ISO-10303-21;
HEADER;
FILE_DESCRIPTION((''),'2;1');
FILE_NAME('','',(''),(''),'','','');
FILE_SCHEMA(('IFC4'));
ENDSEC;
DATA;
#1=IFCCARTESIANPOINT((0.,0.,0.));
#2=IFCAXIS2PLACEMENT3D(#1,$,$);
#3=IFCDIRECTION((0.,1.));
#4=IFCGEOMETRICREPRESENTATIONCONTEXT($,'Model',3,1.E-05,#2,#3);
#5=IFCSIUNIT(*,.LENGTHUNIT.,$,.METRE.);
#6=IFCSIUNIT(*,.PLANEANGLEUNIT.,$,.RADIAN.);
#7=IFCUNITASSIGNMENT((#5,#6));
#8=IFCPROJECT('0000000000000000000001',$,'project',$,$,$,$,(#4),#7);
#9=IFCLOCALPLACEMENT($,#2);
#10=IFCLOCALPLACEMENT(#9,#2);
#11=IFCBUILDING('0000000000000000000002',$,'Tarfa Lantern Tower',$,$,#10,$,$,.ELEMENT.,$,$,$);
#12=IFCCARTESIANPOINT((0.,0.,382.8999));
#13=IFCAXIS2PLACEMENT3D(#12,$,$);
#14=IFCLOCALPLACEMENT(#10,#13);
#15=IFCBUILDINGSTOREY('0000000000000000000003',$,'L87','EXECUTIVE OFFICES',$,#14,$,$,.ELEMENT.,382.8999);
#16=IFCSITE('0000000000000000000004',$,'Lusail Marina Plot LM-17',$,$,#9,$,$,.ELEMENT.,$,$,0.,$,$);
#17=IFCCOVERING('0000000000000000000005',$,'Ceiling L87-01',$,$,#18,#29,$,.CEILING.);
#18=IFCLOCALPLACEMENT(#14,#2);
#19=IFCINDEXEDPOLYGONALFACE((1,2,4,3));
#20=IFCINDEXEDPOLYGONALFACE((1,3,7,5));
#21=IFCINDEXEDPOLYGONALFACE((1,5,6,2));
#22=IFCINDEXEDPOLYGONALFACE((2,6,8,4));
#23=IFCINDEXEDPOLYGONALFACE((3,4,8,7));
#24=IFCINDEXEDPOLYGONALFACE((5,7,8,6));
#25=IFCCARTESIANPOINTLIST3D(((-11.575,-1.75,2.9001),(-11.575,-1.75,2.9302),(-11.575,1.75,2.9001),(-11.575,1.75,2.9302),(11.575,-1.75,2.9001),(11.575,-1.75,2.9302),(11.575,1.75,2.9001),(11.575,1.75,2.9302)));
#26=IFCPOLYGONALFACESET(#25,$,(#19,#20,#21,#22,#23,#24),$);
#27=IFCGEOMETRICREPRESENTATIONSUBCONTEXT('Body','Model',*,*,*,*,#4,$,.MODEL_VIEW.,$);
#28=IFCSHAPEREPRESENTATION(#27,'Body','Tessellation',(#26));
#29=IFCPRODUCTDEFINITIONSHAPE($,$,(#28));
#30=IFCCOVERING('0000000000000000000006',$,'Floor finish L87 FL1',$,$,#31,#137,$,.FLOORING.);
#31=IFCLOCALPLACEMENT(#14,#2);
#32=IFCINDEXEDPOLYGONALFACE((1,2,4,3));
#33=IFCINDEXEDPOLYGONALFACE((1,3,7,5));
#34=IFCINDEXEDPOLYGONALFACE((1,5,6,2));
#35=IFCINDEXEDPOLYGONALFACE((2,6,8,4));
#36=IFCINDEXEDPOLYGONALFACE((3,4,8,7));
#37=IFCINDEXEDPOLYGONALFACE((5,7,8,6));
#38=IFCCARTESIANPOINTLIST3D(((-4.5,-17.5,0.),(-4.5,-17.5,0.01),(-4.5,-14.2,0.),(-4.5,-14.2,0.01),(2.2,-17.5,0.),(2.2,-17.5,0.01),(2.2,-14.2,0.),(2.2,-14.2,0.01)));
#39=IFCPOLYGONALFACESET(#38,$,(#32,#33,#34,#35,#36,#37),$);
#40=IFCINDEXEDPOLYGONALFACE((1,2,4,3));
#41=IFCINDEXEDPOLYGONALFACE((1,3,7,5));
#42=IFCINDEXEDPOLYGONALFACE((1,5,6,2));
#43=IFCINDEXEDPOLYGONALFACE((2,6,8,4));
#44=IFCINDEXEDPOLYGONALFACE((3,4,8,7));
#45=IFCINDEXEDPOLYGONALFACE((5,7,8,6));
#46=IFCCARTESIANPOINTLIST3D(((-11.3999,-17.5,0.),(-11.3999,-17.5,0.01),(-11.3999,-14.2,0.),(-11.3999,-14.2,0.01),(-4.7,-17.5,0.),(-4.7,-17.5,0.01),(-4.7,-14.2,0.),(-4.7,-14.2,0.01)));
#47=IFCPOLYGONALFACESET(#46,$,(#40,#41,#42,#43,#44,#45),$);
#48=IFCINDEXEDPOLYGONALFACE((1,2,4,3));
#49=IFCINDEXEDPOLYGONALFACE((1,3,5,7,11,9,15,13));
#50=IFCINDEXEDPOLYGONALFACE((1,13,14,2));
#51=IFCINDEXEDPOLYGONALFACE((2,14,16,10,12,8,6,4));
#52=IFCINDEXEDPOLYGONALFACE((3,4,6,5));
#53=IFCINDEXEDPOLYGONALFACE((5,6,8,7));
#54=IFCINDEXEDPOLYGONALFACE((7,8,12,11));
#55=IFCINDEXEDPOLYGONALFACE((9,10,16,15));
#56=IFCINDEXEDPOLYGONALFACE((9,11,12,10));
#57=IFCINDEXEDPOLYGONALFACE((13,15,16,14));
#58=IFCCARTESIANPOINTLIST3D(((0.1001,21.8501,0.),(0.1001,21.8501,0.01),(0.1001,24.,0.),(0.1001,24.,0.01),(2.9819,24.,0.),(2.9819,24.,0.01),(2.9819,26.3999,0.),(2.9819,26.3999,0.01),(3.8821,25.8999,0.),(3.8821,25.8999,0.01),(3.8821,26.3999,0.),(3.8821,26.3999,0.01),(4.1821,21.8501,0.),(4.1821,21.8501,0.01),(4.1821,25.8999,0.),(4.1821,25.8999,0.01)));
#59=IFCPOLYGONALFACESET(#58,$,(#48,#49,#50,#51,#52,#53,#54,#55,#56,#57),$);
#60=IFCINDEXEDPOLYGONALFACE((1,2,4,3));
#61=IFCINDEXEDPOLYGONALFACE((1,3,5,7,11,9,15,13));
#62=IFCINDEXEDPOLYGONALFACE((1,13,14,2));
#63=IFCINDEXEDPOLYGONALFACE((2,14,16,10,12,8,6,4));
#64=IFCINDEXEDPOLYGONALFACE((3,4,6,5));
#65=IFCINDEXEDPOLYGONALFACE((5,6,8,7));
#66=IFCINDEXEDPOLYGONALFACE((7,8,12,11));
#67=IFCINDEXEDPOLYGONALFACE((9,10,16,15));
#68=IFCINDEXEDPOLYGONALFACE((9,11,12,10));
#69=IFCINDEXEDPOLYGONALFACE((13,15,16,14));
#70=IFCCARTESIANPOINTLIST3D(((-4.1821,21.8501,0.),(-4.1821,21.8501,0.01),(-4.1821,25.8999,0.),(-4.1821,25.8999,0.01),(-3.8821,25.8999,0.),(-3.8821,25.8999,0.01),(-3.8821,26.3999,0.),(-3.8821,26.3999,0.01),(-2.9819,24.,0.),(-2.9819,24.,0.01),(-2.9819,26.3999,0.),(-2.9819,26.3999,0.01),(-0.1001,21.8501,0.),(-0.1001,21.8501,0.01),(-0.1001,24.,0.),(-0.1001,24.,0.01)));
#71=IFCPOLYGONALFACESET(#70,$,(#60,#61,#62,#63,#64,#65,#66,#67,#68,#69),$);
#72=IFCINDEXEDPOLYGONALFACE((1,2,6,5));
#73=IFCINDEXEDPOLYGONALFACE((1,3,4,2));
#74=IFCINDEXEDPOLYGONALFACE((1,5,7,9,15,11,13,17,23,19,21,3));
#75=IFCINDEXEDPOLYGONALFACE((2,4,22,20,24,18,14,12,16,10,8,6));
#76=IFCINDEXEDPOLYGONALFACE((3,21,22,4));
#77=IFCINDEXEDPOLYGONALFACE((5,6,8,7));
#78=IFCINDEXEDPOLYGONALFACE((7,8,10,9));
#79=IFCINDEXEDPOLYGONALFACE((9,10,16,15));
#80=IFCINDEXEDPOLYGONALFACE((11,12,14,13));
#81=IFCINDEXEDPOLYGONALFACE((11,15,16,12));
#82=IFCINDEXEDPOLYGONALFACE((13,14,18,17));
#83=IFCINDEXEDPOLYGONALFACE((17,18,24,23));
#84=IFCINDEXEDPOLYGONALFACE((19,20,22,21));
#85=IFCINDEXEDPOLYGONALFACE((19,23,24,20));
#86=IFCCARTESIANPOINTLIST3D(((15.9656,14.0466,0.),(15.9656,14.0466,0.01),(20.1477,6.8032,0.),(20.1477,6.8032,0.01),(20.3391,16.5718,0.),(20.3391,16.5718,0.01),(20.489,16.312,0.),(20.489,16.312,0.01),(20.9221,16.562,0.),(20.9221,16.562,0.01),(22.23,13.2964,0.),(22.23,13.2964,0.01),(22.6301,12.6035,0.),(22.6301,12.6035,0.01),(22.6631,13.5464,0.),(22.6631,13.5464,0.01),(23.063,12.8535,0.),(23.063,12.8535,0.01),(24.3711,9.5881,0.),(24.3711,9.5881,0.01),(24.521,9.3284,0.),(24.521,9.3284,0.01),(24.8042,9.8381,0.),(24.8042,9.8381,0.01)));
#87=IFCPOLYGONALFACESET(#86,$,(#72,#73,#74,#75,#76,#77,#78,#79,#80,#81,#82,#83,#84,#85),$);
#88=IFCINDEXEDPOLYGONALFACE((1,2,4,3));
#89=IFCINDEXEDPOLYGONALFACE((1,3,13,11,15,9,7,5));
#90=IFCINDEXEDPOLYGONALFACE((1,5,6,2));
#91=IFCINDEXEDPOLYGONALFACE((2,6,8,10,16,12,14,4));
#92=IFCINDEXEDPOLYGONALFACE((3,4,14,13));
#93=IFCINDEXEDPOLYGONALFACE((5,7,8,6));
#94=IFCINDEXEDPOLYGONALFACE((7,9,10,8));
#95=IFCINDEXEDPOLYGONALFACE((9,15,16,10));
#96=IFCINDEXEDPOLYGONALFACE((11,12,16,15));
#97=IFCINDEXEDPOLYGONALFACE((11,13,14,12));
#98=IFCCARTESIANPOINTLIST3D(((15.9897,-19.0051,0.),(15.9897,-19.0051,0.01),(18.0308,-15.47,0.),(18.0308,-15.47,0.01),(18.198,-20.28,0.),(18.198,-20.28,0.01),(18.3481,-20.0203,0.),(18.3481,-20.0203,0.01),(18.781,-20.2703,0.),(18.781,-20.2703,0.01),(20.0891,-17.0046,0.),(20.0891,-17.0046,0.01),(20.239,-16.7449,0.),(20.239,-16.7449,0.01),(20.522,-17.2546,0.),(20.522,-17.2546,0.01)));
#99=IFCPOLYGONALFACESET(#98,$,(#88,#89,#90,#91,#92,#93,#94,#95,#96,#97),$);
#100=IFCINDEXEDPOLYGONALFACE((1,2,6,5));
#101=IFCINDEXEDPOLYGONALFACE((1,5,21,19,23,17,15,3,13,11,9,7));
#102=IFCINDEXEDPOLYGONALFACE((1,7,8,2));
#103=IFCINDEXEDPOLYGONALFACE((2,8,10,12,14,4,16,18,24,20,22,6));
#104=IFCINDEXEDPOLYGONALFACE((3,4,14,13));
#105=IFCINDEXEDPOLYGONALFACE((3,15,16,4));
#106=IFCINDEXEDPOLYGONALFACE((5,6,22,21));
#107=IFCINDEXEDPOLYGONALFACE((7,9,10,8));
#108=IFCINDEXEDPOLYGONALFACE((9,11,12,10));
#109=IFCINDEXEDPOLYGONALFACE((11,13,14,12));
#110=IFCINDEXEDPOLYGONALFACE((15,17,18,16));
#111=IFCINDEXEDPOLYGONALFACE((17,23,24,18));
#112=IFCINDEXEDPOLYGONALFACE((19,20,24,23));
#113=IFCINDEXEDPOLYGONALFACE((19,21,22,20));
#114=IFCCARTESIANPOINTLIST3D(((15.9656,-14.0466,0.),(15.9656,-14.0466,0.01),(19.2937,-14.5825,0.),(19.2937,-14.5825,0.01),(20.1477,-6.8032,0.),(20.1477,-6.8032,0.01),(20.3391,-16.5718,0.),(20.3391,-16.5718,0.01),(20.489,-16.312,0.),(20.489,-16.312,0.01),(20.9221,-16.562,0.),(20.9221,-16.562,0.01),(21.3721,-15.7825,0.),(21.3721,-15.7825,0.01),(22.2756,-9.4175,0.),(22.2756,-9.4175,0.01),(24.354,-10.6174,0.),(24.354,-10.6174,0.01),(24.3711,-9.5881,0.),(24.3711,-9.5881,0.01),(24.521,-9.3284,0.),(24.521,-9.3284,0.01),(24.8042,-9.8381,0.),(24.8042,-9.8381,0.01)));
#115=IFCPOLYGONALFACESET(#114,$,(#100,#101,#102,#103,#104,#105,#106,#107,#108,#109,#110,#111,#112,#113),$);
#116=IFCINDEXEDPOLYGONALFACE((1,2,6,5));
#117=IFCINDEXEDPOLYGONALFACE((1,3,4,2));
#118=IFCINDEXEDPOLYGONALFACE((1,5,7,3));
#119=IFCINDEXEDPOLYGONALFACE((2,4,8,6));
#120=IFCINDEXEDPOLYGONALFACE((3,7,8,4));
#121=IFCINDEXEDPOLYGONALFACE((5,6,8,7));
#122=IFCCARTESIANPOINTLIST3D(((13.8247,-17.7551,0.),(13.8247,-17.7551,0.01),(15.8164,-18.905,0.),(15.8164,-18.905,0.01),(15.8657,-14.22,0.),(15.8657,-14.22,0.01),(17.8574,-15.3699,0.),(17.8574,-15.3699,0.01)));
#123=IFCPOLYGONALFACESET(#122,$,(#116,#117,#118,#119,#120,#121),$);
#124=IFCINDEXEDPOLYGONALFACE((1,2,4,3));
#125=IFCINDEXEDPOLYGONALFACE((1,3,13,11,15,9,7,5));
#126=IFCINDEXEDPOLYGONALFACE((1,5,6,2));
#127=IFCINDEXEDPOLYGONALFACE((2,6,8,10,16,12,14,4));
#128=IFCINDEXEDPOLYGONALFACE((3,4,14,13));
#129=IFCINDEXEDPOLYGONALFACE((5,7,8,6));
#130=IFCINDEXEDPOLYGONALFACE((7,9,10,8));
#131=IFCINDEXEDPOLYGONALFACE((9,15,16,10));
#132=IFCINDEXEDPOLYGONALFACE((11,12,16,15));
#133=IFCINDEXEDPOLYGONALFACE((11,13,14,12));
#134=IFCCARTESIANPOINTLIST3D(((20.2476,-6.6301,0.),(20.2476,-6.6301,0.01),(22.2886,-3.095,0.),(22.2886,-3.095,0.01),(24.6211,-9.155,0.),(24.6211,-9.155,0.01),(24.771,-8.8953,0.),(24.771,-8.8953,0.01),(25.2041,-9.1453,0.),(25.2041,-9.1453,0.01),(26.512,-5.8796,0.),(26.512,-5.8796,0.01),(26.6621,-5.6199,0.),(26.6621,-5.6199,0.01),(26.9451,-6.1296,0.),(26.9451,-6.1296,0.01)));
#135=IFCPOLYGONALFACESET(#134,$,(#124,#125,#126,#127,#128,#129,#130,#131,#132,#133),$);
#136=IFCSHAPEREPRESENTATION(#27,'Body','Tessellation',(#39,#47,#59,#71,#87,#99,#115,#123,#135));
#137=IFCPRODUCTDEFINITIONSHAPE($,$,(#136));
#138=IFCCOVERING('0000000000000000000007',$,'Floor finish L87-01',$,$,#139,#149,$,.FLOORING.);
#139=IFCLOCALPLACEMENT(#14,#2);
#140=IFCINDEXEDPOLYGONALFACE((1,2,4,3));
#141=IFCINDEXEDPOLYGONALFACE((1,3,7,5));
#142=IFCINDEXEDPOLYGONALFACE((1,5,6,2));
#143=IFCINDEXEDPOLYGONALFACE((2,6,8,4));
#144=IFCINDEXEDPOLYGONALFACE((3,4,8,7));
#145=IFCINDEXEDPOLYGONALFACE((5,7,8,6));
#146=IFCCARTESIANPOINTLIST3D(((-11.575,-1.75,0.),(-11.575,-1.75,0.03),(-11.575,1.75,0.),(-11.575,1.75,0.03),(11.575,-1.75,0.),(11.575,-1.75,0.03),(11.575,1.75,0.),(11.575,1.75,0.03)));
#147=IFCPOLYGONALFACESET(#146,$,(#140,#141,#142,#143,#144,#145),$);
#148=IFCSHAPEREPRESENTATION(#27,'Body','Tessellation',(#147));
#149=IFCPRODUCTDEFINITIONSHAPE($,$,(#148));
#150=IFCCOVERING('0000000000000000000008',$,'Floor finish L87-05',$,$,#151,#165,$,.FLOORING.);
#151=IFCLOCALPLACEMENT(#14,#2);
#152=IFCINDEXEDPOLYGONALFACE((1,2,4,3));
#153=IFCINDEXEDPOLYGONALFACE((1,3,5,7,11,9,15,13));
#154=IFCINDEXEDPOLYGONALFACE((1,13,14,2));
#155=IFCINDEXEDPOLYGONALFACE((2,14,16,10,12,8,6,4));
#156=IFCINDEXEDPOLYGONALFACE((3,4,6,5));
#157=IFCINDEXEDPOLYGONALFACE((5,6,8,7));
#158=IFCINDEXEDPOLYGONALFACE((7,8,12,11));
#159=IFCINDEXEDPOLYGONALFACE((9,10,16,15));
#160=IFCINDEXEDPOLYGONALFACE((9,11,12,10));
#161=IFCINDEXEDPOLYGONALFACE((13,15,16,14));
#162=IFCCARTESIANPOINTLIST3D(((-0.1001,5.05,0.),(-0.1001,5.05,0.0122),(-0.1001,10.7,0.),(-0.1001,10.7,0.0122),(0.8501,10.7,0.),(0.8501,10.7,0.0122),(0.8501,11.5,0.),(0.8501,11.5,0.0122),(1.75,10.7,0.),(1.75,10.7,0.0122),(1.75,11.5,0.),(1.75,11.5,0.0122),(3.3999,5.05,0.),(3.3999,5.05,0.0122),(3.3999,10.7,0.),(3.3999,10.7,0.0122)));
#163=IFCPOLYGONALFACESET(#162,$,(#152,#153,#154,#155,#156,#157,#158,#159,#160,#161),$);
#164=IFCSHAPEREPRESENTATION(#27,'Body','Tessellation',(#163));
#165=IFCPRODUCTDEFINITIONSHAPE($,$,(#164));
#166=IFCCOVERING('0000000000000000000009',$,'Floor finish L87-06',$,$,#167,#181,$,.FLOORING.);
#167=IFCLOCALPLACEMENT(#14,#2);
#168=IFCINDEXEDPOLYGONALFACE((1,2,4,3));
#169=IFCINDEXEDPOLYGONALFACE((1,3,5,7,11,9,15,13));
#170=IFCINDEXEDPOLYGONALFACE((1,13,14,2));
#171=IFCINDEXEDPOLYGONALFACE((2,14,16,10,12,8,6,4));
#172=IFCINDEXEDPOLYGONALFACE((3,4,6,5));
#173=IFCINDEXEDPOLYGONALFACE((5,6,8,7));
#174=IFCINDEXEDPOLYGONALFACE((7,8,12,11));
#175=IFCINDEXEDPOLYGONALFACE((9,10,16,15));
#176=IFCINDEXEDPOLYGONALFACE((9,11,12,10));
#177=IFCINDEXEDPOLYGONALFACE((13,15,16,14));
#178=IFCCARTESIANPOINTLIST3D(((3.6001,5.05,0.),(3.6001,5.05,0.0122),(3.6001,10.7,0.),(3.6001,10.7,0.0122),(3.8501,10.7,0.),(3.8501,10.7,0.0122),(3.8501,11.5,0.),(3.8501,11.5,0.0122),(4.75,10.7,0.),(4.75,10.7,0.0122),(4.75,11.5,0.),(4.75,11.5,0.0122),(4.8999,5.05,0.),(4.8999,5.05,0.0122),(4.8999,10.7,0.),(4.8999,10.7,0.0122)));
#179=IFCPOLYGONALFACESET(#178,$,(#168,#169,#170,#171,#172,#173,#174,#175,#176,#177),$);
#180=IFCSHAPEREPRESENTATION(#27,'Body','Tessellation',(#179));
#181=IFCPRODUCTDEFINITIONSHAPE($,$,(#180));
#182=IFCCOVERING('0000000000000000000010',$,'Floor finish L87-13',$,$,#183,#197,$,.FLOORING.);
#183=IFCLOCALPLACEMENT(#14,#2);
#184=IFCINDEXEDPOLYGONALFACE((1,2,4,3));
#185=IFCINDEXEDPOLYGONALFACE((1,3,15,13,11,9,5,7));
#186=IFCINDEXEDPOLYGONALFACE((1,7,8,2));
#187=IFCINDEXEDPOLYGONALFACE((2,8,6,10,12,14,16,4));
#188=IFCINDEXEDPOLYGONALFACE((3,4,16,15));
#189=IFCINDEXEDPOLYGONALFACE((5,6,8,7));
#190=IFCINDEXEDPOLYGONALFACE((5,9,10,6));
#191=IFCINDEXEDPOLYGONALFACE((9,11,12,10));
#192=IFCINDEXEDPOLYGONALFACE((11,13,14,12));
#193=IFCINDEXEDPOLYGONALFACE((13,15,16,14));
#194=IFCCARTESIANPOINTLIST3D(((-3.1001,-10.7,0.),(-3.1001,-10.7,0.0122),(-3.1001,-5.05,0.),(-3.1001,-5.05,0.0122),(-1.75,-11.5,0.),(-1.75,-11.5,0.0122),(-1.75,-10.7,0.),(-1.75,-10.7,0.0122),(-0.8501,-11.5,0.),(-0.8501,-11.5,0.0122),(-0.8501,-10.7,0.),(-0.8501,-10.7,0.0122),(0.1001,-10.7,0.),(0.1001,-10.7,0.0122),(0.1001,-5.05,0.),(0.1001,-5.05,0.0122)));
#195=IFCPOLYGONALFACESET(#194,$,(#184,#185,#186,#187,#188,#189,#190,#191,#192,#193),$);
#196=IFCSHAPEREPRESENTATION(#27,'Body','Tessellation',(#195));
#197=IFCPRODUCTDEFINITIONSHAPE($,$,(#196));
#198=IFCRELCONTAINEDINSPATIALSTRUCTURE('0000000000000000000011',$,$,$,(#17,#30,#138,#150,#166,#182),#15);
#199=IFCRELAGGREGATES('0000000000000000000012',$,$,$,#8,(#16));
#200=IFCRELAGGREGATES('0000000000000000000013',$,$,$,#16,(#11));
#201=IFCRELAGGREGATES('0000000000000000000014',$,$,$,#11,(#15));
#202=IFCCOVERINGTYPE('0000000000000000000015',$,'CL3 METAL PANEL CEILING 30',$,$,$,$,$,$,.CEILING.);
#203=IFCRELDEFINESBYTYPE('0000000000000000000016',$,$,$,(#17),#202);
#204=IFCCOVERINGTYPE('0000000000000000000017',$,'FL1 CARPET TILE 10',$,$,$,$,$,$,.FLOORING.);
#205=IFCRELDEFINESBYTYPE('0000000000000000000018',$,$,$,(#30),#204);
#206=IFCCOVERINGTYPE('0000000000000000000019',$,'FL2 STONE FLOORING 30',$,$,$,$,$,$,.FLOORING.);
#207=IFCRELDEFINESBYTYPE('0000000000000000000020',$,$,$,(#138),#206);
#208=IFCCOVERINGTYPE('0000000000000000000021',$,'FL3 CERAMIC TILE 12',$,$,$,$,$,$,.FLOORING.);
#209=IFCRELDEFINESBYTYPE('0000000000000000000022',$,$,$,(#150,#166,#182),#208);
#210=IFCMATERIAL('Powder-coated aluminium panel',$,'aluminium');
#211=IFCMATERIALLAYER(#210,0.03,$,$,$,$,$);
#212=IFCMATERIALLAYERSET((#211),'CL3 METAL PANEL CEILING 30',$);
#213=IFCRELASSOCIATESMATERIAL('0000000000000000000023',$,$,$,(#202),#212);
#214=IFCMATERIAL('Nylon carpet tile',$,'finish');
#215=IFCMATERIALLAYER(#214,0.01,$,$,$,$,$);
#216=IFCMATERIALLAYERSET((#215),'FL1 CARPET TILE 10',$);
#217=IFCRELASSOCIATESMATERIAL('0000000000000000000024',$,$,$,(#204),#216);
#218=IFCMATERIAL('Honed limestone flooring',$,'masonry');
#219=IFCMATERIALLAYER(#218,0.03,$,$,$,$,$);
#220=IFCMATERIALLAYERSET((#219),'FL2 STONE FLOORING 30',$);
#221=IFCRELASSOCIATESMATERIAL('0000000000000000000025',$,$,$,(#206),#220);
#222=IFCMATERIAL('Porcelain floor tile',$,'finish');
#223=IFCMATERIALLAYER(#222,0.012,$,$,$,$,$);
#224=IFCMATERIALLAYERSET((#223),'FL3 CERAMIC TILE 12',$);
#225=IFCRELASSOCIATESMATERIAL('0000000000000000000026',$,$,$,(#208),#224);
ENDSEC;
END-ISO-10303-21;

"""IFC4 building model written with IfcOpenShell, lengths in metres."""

from ifc_helpers import new_model, si_unit, direction, frame, origin, place, context, subcontext, project, spatial, polyline, outline, extrude, material, layer, layer_set, type_object, element, save


model = new_model("IFC4")

# Units and contexts
model_context = context("Model", 3, precision=1e-05, world=origin(), true_north=direction((0.0, 1.0)))
body_context = subcontext(model_context, "Body", "Model", "MODEL_VIEW")
ifc_project = project(units=[si_unit("LENGTHUNIT", "METRE"), si_unit("PLANEANGLEUNIT", "RADIAN")], contexts=[model_context])

# Site, building, storey
site_placement = place(None, origin())
site = spatial("IfcSite", under=ifc_project, at=site_placement, Name="Lusail Marina Plot LM-17", CompositionType="ELEMENT", RefElevation=0.0)
building_placement = place(site_placement, origin())
building = spatial("IfcBuilding", under=site, at=building_placement, Name="Tarfa Lantern Tower", CompositionType="ELEMENT")
storey_placement = place(building_placement, frame((0.0, 0.0, 382.8999)))
storey = spatial("IfcBuildingStorey", under=building, at=storey_placement, Name="L87", Description="EXECUTIVE OFFICES", CompositionType="ELEMENT", Elevation=382.8999)

# Coverings
ifc_material_1 = material(Name="Powder-coated aluminium panel", Category="aluminium")
ifc_layer_1 = layer(ifc_material_1, 0.03)
ifc_layer_set_1 = layer_set([ifc_layer_1], Name="CL3 METAL PANEL CEILING 30")
covering_type_1 = type_object("IfcCoveringType", Name="CL3 METAL PANEL CEILING 30", PredefinedType="CEILING", material=ifc_layer_set_1)
covering_1_placement = place(storey_placement, frame((0.0, 0.0, 2.9001)))
element("IfcCovering", 1, at=covering_1_placement, inside=storey, type_object=covering_type_1, Name="Ceiling L87-01", PredefinedType="CEILING", context=body_context, shape_type="SweptSolid", body=[
    extrude(outline(polyline([(-11.575, -1.75), (11.575, -1.75), (11.575, 1.75), (-11.575, 1.75), (-11.575, -1.75)])), origin(), (0.0, 0.0, 1.0), 0.03),
])
ifc_material_2 = material(Name="Nylon carpet tile", Category="finish")
ifc_layer_2 = layer(ifc_material_2, 0.01)
ifc_layer_set_2 = layer_set([ifc_layer_2], Name="FL1 CARPET TILE 10")
covering_type_2 = type_object("IfcCoveringType", Name="FL1 CARPET TILE 10", PredefinedType="FLOORING", material=ifc_layer_set_2)
covering_2_placement = place(storey_placement, origin())
element("IfcCovering", 2, at=covering_2_placement, inside=storey, type_object=covering_type_2, Name="Floor finish L87 FL1", PredefinedType="FLOORING", context=body_context, shape_type="SweptSolid", body=[
    extrude(outline(polyline([(-4.5, -14.2), (2.2, -14.2), (2.2, -17.5), (-4.5, -17.5), (-4.5, -14.2)])), origin(), (0.0, 0.0, 1.0), 0.01),
    extrude(outline(polyline([(-11.3999, -14.2), (-4.7, -14.2), (-4.7, -17.5), (-11.3999, -17.5), (-11.3999, -14.2)])), origin(), (0.0, 0.0, 1.0), 0.01),
    extrude(outline(polyline([(4.1821, 21.8501), (0.1001, 21.8501), (0.1001, 24.0), (2.9819, 24.0), (2.9819, 26.3999), (3.8821, 26.3999), (3.8821, 25.8999), (4.1821, 25.8999), (4.1821, 21.8501)])), origin(), (0.0, 0.0, 1.0), 0.01),
    extrude(outline(polyline([(-2.9819, 24.0), (-0.1001, 24.0), (-0.1001, 21.8501), (-4.1821, 21.8501), (-4.1821, 25.8999), (-3.8821, 25.8999), (-3.8821, 26.3999), (-2.9819, 26.3999), (-2.9819, 24.0)])), origin(), (0.0, 0.0, 1.0), 0.01),
    extrude(outline(polyline([(15.9656, 14.0466), (20.3391, 16.5718), (20.489, 16.312), (20.9221, 16.562), (22.6631, 13.5464), (22.23, 13.2964), (22.6301, 12.6035), (23.063, 12.8535), (24.8042, 9.8381), (24.3711, 9.5881), (24.521, 9.3284), (20.1477, 6.8032), (15.9656, 14.0466)])), origin(), (0.0, 0.0, 1.0), 0.01),
    extrude(outline(polyline([(15.9897, -19.0051), (18.0308, -15.47), (20.239, -16.7449), (20.0891, -17.0046), (20.522, -17.2546), (18.781, -20.2703), (18.3481, -20.0203), (18.198, -20.28), (15.9897, -19.0051)])), origin(), (0.0, 0.0, 1.0), 0.01),
    extrude(outline(polyline([(20.1477, -6.8032), (24.521, -9.3284), (24.3711, -9.5881), (24.8042, -9.8381), (24.354, -10.6174), (22.2756, -9.4175), (19.2937, -14.5825), (21.3721, -15.7825), (20.9221, -16.562), (20.489, -16.312), (20.3391, -16.5718), (15.9656, -14.0466), (20.1477, -6.8032)])), origin(), (0.0, 0.0, 1.0), 0.01),
    extrude(outline(polyline([(15.8657, -14.22), (17.8574, -15.3699), (15.8164, -18.905), (13.8247, -17.7551), (15.8657, -14.22)])), origin(), (0.0, 0.0, 1.0), 0.01),
    extrude(outline(polyline([(22.2886, -3.095), (26.6621, -5.6199), (26.512, -5.8796), (26.9451, -6.1296), (25.2041, -9.1453), (24.771, -8.8953), (24.6211, -9.155), (20.2476, -6.6301), (22.2886, -3.095)])), origin(), (0.0, 0.0, 1.0), 0.01),
])
ifc_material_3 = material(Name="Honed limestone flooring", Category="masonry")
ifc_layer_3 = layer(ifc_material_3, 0.03)
ifc_layer_set_3 = layer_set([ifc_layer_3], Name="FL2 STONE FLOORING 30")
covering_type_3 = type_object("IfcCoveringType", Name="FL2 STONE FLOORING 30", PredefinedType="FLOORING", material=ifc_layer_set_3)
covering_3_placement = place(storey_placement, origin())
element("IfcCovering", 3, at=covering_3_placement, inside=storey, type_object=covering_type_3, Name="Floor finish L87-01", PredefinedType="FLOORING", context=body_context, shape_type="SweptSolid", body=[
    extrude(outline(polyline([(-11.575, -1.75), (11.575, -1.75), (11.575, 1.75), (-11.575, 1.75), (-11.575, -1.75)])), origin(), (0.0, 0.0, 1.0), 0.03),
])
ifc_material_4 = material(Name="Porcelain floor tile", Category="finish")
ifc_layer_4 = layer(ifc_material_4, 0.012)
ifc_layer_set_4 = layer_set([ifc_layer_4], Name="FL3 CERAMIC TILE 12")
covering_type_4 = type_object("IfcCoveringType", Name="FL3 CERAMIC TILE 12", PredefinedType="FLOORING", material=ifc_layer_set_4)
covering_4_placement = place(storey_placement, origin())
element("IfcCovering", 4, at=covering_4_placement, inside=storey, type_object=covering_type_4, Name="Floor finish L87-05", PredefinedType="FLOORING", context=body_context, shape_type="SweptSolid", body=[
    extrude(outline(polyline([(0.8501, 10.7), (-0.1001, 10.7), (-0.1001, 5.05), (3.3999, 5.05), (3.3999, 10.7), (1.75, 10.7), (1.75, 11.5), (0.8501, 11.5), (0.8501, 11.5), (0.8501, 10.7)])), origin(), (0.0, 0.0, 1.0), 0.0122),
])
covering_5_placement = place(storey_placement, origin())
element("IfcCovering", 5, at=covering_5_placement, inside=storey, type_object=covering_type_4, Name="Floor finish L87-06", PredefinedType="FLOORING", context=body_context, shape_type="SweptSolid", body=[
    extrude(outline(polyline([(3.6001, 5.05), (4.8999, 5.05), (4.8999, 10.7), (4.75, 10.7), (4.75, 11.5), (3.8501, 11.5), (3.8501, 10.7), (3.6001, 10.7), (3.6001, 5.05)])), origin(), (0.0, 0.0, 1.0), 0.0122),
])
covering_6_placement = place(storey_placement, origin())
element("IfcCovering", 6, at=covering_6_placement, inside=storey, type_object=covering_type_4, Name="Floor finish L87-13", PredefinedType="FLOORING", context=body_context, shape_type="SweptSolid", body=[
    extrude(outline(polyline([(-0.8501, -10.7), (0.1001, -10.7), (0.1001, -5.05), (-3.1001, -5.05), (-3.1001, -10.7), (-1.75, -10.7), (-1.75, -11.5), (-0.8501, -11.5), (-0.8501, -10.7)])), origin(), (0.0, 0.0, 1.0), 0.0122),
])

save(model, "model.ifc")
